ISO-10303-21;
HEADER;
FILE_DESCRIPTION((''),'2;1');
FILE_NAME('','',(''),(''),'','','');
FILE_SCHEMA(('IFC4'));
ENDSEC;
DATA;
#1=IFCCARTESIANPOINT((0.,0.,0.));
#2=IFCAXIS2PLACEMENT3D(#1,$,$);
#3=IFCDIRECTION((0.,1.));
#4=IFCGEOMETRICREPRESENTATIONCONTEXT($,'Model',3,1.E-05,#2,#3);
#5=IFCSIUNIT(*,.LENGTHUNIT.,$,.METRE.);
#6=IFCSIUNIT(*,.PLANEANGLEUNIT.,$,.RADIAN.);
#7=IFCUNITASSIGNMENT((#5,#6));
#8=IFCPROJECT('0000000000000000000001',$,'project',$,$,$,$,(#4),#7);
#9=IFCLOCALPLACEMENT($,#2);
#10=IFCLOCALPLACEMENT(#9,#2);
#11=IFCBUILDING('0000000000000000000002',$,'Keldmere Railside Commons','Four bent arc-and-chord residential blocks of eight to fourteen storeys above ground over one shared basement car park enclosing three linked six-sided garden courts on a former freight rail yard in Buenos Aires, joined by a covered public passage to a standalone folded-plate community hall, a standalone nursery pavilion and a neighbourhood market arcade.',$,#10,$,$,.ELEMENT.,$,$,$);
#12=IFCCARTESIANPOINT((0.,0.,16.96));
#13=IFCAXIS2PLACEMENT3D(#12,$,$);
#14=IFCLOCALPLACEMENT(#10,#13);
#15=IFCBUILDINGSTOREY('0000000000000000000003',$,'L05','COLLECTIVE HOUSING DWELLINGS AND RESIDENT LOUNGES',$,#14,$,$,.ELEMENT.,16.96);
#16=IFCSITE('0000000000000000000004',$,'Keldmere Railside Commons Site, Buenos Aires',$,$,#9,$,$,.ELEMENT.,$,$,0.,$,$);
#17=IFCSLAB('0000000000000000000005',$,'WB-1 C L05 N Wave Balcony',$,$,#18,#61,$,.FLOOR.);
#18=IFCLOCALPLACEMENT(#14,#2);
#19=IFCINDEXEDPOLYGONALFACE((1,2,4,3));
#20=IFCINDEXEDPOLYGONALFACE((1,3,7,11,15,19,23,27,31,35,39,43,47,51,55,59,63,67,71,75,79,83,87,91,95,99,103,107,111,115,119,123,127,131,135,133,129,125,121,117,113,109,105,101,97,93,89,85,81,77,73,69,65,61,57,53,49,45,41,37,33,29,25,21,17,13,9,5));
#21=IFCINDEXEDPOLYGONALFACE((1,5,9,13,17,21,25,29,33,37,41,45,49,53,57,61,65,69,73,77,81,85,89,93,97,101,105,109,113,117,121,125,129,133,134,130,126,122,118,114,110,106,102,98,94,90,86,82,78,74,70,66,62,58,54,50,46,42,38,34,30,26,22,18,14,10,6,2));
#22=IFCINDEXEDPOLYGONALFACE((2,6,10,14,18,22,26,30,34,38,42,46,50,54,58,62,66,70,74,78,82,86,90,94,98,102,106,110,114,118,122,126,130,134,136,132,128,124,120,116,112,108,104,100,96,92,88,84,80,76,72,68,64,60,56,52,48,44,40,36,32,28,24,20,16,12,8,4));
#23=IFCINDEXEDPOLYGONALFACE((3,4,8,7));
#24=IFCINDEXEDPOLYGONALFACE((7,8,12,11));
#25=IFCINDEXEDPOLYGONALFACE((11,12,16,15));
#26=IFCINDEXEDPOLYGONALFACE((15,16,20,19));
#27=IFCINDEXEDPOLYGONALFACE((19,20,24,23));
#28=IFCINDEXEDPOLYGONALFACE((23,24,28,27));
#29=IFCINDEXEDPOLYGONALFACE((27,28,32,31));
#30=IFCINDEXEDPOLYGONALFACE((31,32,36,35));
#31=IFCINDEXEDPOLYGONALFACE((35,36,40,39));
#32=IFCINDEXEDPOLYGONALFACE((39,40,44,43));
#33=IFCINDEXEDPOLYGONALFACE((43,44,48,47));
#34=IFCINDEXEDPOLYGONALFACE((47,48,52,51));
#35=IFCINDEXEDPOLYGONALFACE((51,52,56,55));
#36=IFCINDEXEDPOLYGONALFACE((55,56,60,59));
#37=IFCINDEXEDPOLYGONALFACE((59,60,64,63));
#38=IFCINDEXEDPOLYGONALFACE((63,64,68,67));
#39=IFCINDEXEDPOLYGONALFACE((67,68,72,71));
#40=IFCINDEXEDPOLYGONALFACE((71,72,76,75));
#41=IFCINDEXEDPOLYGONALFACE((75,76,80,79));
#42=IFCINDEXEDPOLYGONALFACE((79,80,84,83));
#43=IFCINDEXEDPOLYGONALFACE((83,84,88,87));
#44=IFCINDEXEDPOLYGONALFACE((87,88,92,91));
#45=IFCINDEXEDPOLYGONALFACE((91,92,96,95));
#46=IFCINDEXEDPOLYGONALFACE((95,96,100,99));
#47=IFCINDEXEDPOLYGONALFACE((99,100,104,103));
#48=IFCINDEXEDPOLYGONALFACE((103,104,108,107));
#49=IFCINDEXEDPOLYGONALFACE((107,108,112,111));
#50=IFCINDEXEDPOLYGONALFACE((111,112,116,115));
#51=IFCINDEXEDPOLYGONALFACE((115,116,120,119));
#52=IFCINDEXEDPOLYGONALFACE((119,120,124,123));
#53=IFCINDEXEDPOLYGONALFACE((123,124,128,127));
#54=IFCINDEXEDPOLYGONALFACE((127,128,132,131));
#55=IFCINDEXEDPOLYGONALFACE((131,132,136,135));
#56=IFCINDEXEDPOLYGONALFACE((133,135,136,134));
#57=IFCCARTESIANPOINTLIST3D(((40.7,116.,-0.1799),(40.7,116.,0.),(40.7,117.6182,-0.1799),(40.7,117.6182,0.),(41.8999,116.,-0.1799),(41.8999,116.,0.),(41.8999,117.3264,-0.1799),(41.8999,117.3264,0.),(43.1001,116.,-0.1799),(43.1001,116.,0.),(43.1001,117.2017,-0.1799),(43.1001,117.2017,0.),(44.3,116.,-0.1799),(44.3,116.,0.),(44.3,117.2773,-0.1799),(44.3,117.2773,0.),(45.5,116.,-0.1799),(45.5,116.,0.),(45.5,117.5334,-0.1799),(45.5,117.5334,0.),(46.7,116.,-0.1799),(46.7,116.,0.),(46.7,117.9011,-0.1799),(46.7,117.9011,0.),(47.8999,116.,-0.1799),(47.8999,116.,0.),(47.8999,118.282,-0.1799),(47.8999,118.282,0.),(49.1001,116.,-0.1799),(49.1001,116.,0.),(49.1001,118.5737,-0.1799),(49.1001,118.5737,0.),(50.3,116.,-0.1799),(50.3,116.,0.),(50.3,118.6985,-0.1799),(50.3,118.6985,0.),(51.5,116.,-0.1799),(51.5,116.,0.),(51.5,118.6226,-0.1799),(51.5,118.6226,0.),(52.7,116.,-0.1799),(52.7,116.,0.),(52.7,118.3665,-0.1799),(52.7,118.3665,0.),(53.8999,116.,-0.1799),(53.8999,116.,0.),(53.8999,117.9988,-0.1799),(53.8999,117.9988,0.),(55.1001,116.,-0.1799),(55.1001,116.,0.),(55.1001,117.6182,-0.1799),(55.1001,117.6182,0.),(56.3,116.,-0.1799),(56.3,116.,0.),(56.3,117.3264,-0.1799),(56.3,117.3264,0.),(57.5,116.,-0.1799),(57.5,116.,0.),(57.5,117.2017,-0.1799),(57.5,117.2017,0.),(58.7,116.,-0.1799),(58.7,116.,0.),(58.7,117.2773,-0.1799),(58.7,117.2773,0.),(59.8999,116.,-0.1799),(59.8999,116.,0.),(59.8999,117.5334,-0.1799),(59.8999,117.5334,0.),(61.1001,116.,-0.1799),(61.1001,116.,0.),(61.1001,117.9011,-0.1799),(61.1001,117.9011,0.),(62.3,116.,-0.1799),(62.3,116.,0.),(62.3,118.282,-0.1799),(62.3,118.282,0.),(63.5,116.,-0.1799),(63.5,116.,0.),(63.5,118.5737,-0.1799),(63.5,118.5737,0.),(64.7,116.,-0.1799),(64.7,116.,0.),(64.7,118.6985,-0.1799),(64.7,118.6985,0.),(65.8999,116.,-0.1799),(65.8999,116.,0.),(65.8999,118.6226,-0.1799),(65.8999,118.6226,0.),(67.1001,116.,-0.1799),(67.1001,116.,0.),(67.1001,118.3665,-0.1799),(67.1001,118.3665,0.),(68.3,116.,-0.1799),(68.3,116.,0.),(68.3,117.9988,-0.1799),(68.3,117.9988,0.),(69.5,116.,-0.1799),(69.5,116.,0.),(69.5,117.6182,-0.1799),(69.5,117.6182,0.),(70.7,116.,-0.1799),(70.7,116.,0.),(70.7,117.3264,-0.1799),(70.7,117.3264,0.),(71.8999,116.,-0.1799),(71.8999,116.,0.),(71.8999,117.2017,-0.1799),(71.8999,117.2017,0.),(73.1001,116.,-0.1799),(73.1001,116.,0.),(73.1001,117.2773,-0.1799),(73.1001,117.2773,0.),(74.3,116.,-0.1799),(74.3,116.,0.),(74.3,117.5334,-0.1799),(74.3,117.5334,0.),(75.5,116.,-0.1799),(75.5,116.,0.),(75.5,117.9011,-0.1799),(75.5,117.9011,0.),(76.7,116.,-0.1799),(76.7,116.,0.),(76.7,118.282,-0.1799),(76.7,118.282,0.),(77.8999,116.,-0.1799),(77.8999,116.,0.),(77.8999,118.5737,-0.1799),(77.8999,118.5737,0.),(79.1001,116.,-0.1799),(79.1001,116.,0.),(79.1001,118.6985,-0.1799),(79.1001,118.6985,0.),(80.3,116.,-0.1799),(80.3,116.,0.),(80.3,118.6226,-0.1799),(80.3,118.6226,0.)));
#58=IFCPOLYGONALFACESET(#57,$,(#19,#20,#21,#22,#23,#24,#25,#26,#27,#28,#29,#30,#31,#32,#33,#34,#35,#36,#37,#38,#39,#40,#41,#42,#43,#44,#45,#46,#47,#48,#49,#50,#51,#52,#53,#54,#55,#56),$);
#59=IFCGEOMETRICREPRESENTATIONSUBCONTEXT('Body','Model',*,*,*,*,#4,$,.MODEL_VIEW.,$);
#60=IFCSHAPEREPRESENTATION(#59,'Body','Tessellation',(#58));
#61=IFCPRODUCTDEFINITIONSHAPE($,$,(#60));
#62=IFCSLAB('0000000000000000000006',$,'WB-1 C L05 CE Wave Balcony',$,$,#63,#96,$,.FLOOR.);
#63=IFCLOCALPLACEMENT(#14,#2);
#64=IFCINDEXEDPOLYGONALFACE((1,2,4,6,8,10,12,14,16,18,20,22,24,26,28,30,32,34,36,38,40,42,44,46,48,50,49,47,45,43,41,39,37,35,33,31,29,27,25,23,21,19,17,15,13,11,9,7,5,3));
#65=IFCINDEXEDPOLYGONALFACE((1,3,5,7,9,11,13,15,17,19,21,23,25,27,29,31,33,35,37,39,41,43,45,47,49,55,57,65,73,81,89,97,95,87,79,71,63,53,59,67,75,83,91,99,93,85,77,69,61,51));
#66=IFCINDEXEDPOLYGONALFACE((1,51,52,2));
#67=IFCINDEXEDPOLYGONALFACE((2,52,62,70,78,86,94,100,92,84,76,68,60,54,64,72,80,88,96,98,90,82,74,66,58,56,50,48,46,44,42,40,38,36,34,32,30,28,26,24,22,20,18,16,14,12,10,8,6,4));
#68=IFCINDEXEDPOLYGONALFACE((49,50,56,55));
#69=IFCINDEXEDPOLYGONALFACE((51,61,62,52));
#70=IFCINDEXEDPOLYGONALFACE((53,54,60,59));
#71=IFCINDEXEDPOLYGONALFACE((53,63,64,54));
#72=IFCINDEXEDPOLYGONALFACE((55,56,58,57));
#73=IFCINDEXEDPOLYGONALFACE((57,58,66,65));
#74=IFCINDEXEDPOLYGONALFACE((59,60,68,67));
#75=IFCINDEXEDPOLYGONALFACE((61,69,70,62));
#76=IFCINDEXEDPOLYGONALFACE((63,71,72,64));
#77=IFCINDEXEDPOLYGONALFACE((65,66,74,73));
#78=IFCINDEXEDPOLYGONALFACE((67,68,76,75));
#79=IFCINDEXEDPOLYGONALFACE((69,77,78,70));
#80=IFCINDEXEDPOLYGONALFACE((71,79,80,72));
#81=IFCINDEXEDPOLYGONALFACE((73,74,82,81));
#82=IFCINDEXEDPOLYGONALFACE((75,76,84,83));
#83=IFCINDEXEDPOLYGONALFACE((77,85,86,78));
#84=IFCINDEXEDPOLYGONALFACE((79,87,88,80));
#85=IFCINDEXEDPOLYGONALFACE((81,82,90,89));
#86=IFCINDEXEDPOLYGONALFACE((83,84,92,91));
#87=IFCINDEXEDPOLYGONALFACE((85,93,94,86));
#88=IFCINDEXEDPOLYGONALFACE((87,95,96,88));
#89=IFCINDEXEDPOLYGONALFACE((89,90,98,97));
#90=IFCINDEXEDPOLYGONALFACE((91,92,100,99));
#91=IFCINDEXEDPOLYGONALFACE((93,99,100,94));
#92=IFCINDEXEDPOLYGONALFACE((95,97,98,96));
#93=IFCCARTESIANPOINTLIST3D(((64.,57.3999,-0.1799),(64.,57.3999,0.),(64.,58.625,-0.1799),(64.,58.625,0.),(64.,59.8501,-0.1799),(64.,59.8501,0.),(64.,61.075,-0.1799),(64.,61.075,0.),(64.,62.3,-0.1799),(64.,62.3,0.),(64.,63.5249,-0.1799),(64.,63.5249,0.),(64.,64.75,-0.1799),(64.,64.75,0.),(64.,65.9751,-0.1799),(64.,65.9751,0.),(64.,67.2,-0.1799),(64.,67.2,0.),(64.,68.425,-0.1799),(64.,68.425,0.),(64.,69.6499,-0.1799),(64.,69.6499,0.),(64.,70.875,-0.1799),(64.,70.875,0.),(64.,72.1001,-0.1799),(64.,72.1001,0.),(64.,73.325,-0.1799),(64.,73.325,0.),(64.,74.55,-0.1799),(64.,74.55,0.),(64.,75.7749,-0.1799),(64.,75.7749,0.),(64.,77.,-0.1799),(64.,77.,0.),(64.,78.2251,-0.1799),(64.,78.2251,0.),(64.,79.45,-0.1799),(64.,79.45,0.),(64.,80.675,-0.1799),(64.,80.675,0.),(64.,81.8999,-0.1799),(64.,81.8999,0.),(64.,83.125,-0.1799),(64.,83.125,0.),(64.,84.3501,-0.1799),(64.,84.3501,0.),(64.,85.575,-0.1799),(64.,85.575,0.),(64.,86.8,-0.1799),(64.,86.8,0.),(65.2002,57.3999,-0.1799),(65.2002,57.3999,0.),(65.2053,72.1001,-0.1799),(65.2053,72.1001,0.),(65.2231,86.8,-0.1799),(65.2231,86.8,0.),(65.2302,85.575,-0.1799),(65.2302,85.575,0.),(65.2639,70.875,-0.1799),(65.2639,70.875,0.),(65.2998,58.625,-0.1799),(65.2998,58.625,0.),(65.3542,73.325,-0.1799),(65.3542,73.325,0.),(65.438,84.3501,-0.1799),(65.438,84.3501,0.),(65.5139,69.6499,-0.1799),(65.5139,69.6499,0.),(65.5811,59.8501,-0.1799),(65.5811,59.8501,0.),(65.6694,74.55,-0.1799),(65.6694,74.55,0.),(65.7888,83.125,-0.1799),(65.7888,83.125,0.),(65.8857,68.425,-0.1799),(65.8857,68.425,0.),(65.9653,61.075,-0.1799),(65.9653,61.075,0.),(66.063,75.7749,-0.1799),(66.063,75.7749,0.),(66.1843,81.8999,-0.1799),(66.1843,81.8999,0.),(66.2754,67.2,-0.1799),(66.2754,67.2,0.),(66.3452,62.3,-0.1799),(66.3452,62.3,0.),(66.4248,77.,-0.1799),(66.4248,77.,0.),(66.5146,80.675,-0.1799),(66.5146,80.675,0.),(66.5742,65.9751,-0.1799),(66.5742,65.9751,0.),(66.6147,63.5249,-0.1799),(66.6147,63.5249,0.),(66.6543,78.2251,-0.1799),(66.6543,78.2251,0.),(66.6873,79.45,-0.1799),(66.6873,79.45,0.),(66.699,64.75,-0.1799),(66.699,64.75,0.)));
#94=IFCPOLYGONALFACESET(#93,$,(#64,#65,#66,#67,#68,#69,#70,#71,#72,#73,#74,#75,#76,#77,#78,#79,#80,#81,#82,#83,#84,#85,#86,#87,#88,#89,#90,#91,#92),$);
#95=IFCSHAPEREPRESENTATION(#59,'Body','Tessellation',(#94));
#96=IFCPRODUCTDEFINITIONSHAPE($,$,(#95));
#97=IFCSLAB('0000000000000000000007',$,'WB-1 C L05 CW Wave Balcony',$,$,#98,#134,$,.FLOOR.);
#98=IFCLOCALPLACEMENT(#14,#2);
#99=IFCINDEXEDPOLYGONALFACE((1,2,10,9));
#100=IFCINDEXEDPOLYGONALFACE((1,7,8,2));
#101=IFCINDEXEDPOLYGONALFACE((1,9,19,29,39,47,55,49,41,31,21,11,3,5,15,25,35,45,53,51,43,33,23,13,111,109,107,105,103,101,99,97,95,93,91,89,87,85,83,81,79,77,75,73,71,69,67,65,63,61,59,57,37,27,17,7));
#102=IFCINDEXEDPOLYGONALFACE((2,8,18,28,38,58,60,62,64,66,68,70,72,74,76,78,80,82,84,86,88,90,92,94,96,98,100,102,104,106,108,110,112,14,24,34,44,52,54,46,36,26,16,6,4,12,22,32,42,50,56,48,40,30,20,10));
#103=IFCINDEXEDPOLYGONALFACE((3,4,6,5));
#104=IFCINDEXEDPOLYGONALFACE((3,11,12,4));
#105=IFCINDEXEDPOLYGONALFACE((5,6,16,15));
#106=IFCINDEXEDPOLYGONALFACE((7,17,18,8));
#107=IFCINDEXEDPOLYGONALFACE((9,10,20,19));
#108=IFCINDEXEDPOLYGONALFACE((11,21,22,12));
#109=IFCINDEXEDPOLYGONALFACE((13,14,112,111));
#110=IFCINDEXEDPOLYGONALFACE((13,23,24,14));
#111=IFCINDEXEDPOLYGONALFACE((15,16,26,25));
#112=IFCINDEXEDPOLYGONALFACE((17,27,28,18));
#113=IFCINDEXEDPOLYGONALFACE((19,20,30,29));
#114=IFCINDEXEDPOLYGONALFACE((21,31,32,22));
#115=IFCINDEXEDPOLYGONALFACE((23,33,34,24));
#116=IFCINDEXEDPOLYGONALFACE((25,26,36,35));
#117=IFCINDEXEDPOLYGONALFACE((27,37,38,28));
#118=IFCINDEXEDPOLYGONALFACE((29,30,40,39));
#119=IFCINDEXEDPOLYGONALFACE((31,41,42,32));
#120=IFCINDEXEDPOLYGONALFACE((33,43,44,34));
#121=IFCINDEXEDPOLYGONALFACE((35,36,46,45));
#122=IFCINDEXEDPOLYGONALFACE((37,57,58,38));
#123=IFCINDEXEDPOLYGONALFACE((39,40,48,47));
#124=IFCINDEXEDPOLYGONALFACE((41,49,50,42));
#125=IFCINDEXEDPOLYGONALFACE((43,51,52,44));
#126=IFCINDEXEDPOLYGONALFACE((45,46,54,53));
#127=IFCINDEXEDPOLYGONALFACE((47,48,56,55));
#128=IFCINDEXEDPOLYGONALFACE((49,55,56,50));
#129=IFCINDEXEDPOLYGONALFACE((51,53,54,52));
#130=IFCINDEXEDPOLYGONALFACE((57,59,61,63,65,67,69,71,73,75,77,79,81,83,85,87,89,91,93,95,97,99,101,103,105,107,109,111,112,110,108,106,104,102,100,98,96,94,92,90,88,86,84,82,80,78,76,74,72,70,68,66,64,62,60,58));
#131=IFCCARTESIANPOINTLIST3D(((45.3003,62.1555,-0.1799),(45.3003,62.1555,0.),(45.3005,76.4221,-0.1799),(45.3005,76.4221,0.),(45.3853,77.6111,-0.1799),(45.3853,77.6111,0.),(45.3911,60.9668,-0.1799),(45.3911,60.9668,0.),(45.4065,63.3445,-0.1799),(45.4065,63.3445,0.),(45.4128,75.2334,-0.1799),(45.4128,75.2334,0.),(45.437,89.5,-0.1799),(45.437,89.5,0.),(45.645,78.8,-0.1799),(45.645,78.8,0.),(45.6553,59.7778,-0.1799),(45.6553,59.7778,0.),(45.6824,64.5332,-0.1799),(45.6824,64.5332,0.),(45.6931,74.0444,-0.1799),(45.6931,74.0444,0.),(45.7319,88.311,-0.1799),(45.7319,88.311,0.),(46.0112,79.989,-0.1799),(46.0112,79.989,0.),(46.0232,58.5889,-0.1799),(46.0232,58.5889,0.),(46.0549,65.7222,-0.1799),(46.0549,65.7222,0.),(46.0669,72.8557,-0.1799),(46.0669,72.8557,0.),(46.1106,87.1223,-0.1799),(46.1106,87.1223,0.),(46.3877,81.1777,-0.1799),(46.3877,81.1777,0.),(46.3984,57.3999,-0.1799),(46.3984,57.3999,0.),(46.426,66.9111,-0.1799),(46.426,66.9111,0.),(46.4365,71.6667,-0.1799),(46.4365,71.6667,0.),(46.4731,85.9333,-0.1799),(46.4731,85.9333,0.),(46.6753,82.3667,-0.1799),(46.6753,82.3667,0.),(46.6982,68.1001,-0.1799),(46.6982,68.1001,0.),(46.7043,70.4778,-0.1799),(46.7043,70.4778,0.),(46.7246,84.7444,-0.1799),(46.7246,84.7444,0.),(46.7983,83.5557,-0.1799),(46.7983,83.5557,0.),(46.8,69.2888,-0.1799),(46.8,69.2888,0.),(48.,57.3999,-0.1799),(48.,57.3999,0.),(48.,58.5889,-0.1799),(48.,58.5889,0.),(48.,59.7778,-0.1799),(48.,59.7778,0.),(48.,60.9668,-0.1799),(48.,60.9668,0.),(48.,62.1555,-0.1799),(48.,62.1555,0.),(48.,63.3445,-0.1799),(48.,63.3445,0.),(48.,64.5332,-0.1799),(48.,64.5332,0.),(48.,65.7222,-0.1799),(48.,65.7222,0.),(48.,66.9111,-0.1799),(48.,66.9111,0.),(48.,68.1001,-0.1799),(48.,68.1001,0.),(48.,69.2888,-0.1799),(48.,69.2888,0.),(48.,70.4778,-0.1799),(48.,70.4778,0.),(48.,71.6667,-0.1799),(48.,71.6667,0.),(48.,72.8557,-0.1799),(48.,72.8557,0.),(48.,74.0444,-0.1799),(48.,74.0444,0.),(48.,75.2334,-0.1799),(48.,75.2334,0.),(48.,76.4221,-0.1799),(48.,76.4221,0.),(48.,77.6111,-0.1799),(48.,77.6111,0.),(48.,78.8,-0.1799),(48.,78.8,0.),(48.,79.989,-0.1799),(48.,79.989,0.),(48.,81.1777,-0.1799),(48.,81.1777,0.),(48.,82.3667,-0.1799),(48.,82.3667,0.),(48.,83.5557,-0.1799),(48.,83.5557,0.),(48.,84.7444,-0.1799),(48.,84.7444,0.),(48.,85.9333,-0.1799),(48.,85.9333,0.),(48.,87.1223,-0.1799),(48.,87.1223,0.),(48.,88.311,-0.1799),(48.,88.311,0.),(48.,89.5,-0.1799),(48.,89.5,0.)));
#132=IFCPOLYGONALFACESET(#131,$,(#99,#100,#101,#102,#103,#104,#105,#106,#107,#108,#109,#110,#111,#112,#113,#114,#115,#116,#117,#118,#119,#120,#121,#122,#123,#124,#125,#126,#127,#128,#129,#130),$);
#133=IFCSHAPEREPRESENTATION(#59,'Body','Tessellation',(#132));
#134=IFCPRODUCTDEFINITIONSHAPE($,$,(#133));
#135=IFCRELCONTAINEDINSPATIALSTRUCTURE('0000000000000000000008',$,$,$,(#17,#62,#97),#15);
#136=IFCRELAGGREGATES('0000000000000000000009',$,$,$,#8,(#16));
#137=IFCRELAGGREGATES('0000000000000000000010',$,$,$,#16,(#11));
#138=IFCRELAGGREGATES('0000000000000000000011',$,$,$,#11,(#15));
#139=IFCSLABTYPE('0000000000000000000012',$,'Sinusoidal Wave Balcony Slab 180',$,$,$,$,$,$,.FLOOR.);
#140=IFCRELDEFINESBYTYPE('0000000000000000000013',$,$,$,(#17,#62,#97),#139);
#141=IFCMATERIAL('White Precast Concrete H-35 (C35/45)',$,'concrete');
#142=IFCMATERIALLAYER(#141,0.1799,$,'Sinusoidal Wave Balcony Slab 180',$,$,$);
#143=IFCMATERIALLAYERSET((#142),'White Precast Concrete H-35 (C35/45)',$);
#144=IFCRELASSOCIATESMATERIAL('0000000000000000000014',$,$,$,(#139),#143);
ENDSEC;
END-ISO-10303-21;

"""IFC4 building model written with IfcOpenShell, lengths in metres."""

from ifc_helpers import new_model, si_unit, direction, frame, origin, place, context, subcontext, project, spatial, polyline, outline, extrude, material, layer, layer_set, type_object, element, save


model = new_model("IFC4")

# Units and contexts
model_context = context("Model", 3, precision=1e-05, world=origin(), true_north=direction((0.0, 1.0)))
body_context = subcontext(model_context, "Body", "Model", "MODEL_VIEW")
ifc_project = project(units=[si_unit("LENGTHUNIT", "METRE"), si_unit("PLANEANGLEUNIT", "RADIAN")], contexts=[model_context])

# Site, building, storey
site_placement = place(None, origin())
site = spatial("IfcSite", under=ifc_project, at=site_placement, Name="Keldmere Railside Commons Site, Buenos Aires", CompositionType="ELEMENT", RefElevation=0.0)
building_placement = place(site_placement, origin())
building = spatial("IfcBuilding", under=site, at=building_placement, Name="Keldmere Railside Commons", Description="Four bent arc-and-chord residential blocks of eight to fourteen storeys above ground over one shared basement car park enclosing three linked six-sided garden courts on a former freight rail yard in Buenos Aires, joined by a covered public passage to a standalone folded-plate community hall, a standalone nursery pavilion and a neighbourhood market arcade.", CompositionType="ELEMENT")
storey_placement = place(building_placement, frame((0.0, 0.0, 16.96)))
storey = spatial("IfcBuildingStorey", under=building, at=storey_placement, Name="L05", Description="COLLECTIVE HOUSING DWELLINGS AND RESIDENT LOUNGES", CompositionType="ELEMENT", Elevation=16.96)

# Slabs
ifc_material_1 = material(Name="White Precast Concrete H-35 (C35/45)", Category="concrete")
ifc_layer_1 = layer(ifc_material_1, 0.1799, Name="Sinusoidal Wave Balcony Slab 180")
ifc_layer_set_1 = layer_set([ifc_layer_1], Name="White Precast Concrete H-35 (C35/45)")
slab_type_1 = type_object("IfcSlabType", Name="Sinusoidal Wave Balcony Slab 180", PredefinedType="FLOOR", material=ifc_layer_set_1)
slab_1_placement = place(storey_placement, frame((0.0, 0.0, -0.1799)))
element("IfcSlab", 1, at=slab_1_placement, inside=storey, type_object=slab_type_1, Name="WB-1 C L05 N Wave Balcony", PredefinedType="FLOOR", context=body_context, shape_type="SweptSolid", body=[
    extrude(outline(polyline([(40.7, 116.0), (41.8999, 116.0), (43.1001, 116.0), (44.3, 116.0), (45.5, 116.0), (46.7, 116.0), (47.8999, 116.0), (49.1001, 116.0), (50.3, 116.0), (51.5, 116.0), (52.7, 116.0), (53.8999, 116.0), (55.1001, 116.0), (56.3, 116.0), (57.5, 116.0), (58.7, 116.0), (59.8999, 116.0), (61.1001, 116.0), (62.3, 116.0), (63.5, 116.0), (64.7, 116.0), (65.8999, 116.0), (67.1001, 116.0), (68.3, 116.0), (69.5, 116.0), (70.7, 116.0), (71.8999, 116.0), (73.1001, 116.0), (74.3, 116.0), (75.5, 116.0), (76.7, 116.0), (77.8999, 116.0), (79.1001, 116.0), (80.3, 116.0), (80.3, 118.6226), (79.1001, 118.6985), (77.8999, 118.5737), (76.7, 118.282), (75.5, 117.9011), (74.3, 117.5334), (73.1001, 117.2773), (71.8999, 117.2017), (70.7, 117.3264), (69.5, 117.6182), (68.3, 117.9988), (67.1001, 118.3665), (65.8999, 118.6226), (64.7, 118.6985), (63.5, 118.5737), (62.3, 118.282), (61.1001, 117.9011), (59.8999, 117.5334), (58.7, 117.2773), (57.5, 117.2017), (56.3, 117.3264), (55.1001, 117.6182), (53.8999, 117.9988), (52.7, 118.3665), (51.5, 118.6226), (50.3, 118.6985), (49.1001, 118.5737), (47.8999, 118.282), (46.7, 117.9011), (45.5, 117.5334), (44.3, 117.2773), (43.1001, 117.2017), (41.8999, 117.3264), (40.7, 117.6182), (40.7, 116.0)])), origin(), (0.0, 0.0, 1.0), 0.1799),
])
slab_2_placement = place(storey_placement, frame((0.0, 0.0, -0.1799)))
element("IfcSlab", 2, at=slab_2_placement, inside=storey, type_object=slab_type_1, Name="WB-1 C L05 CE Wave Balcony", PredefinedType="FLOOR", context=body_context, shape_type="SweptSolid", body=[
    extrude(outline(polyline([(65.2002, 57.3999), (65.2998, 58.625), (65.5811, 59.8501), (65.9653, 61.075), (66.3452, 62.3), (66.6147, 63.5249), (66.699, 64.75), (66.5742, 65.9751), (66.2754, 67.2), (65.8857, 68.425), (65.5139, 69.6499), (65.2639, 70.875), (65.2053, 72.1001), (65.3542, 73.325), (65.6694, 74.55), (66.063, 75.7749), (66.4248, 77.0), (66.6543, 78.2251), (66.6873, 79.45), (66.5146, 80.675), (66.1843, 81.8999), (65.7888, 83.125), (65.438, 84.3501), (65.2302, 85.575), (65.2231, 86.8), (64.0, 86.8), (64.0, 85.575), (64.0, 84.3501), (64.0, 83.125), (64.0, 81.8999), (64.0, 80.675), (64.0, 79.45), (64.0, 78.2251), (64.0, 77.0), (64.0, 75.7749), (64.0, 74.55), (64.0, 73.325), (64.0, 72.1001), (64.0, 70.875), (64.0, 69.6499), (64.0, 68.425), (64.0, 67.2), (64.0, 65.9751), (64.0, 64.75), (64.0, 63.5249), (64.0, 62.3), (64.0, 61.075), (64.0, 59.8501), (64.0, 58.625), (64.0, 57.3999), (65.2002, 57.3999)])), origin(), (0.0, 0.0, 1.0), 0.1799),
])
slab_3_placement = place(storey_placement, frame((0.0, 0.0, -0.1799)))
element("IfcSlab", 3, at=slab_3_placement, inside=storey, type_object=slab_type_1, Name="WB-1 C L05 CW Wave Balcony", PredefinedType="FLOOR", context=body_context, shape_type="SweptSolid", body=[
    extrude(outline(polyline([(48.0, 57.3999), (48.0, 58.5889), (48.0, 59.7778), (48.0, 60.9668), (48.0, 62.1555), (48.0, 63.3445), (48.0, 64.5332), (48.0, 65.7222), (48.0, 66.9111), (48.0, 68.1001), (48.0, 69.2888), (48.0, 70.4778), (48.0, 71.6667), (48.0, 72.8557), (48.0, 74.0444), (48.0, 75.2334), (48.0, 76.4221), (48.0, 77.6111), (48.0, 78.8), (48.0, 79.989), (48.0, 81.1777), (48.0, 82.3667), (48.0, 83.5557), (48.0, 84.7444), (48.0, 85.9333), (48.0, 87.1223), (48.0, 88.311), (48.0, 89.5), (45.437, 89.5), (45.7319, 88.311), (46.1106, 87.1223), (46.4731, 85.9333), (46.7246, 84.7444), (46.7983, 83.5557), (46.6753, 82.3667), (46.3877, 81.1777), (46.0112, 79.989), (45.645, 78.8), (45.3853, 77.6111), (45.3005, 76.4221), (45.4128, 75.2334), (45.6931, 74.0444), (46.0669, 72.8557), (46.4365, 71.6667), (46.7043, 70.4778), (46.8, 69.2888), (46.6982, 68.1001), (46.426, 66.9111), (46.0549, 65.7222), (45.6824, 64.5332), (45.4065, 63.3445), (45.3003, 62.1555), (45.3911, 60.9668), (45.6553, 59.7778), (46.0232, 58.5889), (46.3984, 57.3999), (48.0, 57.3999)])), origin(), (0.0, 0.0, 1.0), 0.1799),
])

save(model, "model.ifc")
